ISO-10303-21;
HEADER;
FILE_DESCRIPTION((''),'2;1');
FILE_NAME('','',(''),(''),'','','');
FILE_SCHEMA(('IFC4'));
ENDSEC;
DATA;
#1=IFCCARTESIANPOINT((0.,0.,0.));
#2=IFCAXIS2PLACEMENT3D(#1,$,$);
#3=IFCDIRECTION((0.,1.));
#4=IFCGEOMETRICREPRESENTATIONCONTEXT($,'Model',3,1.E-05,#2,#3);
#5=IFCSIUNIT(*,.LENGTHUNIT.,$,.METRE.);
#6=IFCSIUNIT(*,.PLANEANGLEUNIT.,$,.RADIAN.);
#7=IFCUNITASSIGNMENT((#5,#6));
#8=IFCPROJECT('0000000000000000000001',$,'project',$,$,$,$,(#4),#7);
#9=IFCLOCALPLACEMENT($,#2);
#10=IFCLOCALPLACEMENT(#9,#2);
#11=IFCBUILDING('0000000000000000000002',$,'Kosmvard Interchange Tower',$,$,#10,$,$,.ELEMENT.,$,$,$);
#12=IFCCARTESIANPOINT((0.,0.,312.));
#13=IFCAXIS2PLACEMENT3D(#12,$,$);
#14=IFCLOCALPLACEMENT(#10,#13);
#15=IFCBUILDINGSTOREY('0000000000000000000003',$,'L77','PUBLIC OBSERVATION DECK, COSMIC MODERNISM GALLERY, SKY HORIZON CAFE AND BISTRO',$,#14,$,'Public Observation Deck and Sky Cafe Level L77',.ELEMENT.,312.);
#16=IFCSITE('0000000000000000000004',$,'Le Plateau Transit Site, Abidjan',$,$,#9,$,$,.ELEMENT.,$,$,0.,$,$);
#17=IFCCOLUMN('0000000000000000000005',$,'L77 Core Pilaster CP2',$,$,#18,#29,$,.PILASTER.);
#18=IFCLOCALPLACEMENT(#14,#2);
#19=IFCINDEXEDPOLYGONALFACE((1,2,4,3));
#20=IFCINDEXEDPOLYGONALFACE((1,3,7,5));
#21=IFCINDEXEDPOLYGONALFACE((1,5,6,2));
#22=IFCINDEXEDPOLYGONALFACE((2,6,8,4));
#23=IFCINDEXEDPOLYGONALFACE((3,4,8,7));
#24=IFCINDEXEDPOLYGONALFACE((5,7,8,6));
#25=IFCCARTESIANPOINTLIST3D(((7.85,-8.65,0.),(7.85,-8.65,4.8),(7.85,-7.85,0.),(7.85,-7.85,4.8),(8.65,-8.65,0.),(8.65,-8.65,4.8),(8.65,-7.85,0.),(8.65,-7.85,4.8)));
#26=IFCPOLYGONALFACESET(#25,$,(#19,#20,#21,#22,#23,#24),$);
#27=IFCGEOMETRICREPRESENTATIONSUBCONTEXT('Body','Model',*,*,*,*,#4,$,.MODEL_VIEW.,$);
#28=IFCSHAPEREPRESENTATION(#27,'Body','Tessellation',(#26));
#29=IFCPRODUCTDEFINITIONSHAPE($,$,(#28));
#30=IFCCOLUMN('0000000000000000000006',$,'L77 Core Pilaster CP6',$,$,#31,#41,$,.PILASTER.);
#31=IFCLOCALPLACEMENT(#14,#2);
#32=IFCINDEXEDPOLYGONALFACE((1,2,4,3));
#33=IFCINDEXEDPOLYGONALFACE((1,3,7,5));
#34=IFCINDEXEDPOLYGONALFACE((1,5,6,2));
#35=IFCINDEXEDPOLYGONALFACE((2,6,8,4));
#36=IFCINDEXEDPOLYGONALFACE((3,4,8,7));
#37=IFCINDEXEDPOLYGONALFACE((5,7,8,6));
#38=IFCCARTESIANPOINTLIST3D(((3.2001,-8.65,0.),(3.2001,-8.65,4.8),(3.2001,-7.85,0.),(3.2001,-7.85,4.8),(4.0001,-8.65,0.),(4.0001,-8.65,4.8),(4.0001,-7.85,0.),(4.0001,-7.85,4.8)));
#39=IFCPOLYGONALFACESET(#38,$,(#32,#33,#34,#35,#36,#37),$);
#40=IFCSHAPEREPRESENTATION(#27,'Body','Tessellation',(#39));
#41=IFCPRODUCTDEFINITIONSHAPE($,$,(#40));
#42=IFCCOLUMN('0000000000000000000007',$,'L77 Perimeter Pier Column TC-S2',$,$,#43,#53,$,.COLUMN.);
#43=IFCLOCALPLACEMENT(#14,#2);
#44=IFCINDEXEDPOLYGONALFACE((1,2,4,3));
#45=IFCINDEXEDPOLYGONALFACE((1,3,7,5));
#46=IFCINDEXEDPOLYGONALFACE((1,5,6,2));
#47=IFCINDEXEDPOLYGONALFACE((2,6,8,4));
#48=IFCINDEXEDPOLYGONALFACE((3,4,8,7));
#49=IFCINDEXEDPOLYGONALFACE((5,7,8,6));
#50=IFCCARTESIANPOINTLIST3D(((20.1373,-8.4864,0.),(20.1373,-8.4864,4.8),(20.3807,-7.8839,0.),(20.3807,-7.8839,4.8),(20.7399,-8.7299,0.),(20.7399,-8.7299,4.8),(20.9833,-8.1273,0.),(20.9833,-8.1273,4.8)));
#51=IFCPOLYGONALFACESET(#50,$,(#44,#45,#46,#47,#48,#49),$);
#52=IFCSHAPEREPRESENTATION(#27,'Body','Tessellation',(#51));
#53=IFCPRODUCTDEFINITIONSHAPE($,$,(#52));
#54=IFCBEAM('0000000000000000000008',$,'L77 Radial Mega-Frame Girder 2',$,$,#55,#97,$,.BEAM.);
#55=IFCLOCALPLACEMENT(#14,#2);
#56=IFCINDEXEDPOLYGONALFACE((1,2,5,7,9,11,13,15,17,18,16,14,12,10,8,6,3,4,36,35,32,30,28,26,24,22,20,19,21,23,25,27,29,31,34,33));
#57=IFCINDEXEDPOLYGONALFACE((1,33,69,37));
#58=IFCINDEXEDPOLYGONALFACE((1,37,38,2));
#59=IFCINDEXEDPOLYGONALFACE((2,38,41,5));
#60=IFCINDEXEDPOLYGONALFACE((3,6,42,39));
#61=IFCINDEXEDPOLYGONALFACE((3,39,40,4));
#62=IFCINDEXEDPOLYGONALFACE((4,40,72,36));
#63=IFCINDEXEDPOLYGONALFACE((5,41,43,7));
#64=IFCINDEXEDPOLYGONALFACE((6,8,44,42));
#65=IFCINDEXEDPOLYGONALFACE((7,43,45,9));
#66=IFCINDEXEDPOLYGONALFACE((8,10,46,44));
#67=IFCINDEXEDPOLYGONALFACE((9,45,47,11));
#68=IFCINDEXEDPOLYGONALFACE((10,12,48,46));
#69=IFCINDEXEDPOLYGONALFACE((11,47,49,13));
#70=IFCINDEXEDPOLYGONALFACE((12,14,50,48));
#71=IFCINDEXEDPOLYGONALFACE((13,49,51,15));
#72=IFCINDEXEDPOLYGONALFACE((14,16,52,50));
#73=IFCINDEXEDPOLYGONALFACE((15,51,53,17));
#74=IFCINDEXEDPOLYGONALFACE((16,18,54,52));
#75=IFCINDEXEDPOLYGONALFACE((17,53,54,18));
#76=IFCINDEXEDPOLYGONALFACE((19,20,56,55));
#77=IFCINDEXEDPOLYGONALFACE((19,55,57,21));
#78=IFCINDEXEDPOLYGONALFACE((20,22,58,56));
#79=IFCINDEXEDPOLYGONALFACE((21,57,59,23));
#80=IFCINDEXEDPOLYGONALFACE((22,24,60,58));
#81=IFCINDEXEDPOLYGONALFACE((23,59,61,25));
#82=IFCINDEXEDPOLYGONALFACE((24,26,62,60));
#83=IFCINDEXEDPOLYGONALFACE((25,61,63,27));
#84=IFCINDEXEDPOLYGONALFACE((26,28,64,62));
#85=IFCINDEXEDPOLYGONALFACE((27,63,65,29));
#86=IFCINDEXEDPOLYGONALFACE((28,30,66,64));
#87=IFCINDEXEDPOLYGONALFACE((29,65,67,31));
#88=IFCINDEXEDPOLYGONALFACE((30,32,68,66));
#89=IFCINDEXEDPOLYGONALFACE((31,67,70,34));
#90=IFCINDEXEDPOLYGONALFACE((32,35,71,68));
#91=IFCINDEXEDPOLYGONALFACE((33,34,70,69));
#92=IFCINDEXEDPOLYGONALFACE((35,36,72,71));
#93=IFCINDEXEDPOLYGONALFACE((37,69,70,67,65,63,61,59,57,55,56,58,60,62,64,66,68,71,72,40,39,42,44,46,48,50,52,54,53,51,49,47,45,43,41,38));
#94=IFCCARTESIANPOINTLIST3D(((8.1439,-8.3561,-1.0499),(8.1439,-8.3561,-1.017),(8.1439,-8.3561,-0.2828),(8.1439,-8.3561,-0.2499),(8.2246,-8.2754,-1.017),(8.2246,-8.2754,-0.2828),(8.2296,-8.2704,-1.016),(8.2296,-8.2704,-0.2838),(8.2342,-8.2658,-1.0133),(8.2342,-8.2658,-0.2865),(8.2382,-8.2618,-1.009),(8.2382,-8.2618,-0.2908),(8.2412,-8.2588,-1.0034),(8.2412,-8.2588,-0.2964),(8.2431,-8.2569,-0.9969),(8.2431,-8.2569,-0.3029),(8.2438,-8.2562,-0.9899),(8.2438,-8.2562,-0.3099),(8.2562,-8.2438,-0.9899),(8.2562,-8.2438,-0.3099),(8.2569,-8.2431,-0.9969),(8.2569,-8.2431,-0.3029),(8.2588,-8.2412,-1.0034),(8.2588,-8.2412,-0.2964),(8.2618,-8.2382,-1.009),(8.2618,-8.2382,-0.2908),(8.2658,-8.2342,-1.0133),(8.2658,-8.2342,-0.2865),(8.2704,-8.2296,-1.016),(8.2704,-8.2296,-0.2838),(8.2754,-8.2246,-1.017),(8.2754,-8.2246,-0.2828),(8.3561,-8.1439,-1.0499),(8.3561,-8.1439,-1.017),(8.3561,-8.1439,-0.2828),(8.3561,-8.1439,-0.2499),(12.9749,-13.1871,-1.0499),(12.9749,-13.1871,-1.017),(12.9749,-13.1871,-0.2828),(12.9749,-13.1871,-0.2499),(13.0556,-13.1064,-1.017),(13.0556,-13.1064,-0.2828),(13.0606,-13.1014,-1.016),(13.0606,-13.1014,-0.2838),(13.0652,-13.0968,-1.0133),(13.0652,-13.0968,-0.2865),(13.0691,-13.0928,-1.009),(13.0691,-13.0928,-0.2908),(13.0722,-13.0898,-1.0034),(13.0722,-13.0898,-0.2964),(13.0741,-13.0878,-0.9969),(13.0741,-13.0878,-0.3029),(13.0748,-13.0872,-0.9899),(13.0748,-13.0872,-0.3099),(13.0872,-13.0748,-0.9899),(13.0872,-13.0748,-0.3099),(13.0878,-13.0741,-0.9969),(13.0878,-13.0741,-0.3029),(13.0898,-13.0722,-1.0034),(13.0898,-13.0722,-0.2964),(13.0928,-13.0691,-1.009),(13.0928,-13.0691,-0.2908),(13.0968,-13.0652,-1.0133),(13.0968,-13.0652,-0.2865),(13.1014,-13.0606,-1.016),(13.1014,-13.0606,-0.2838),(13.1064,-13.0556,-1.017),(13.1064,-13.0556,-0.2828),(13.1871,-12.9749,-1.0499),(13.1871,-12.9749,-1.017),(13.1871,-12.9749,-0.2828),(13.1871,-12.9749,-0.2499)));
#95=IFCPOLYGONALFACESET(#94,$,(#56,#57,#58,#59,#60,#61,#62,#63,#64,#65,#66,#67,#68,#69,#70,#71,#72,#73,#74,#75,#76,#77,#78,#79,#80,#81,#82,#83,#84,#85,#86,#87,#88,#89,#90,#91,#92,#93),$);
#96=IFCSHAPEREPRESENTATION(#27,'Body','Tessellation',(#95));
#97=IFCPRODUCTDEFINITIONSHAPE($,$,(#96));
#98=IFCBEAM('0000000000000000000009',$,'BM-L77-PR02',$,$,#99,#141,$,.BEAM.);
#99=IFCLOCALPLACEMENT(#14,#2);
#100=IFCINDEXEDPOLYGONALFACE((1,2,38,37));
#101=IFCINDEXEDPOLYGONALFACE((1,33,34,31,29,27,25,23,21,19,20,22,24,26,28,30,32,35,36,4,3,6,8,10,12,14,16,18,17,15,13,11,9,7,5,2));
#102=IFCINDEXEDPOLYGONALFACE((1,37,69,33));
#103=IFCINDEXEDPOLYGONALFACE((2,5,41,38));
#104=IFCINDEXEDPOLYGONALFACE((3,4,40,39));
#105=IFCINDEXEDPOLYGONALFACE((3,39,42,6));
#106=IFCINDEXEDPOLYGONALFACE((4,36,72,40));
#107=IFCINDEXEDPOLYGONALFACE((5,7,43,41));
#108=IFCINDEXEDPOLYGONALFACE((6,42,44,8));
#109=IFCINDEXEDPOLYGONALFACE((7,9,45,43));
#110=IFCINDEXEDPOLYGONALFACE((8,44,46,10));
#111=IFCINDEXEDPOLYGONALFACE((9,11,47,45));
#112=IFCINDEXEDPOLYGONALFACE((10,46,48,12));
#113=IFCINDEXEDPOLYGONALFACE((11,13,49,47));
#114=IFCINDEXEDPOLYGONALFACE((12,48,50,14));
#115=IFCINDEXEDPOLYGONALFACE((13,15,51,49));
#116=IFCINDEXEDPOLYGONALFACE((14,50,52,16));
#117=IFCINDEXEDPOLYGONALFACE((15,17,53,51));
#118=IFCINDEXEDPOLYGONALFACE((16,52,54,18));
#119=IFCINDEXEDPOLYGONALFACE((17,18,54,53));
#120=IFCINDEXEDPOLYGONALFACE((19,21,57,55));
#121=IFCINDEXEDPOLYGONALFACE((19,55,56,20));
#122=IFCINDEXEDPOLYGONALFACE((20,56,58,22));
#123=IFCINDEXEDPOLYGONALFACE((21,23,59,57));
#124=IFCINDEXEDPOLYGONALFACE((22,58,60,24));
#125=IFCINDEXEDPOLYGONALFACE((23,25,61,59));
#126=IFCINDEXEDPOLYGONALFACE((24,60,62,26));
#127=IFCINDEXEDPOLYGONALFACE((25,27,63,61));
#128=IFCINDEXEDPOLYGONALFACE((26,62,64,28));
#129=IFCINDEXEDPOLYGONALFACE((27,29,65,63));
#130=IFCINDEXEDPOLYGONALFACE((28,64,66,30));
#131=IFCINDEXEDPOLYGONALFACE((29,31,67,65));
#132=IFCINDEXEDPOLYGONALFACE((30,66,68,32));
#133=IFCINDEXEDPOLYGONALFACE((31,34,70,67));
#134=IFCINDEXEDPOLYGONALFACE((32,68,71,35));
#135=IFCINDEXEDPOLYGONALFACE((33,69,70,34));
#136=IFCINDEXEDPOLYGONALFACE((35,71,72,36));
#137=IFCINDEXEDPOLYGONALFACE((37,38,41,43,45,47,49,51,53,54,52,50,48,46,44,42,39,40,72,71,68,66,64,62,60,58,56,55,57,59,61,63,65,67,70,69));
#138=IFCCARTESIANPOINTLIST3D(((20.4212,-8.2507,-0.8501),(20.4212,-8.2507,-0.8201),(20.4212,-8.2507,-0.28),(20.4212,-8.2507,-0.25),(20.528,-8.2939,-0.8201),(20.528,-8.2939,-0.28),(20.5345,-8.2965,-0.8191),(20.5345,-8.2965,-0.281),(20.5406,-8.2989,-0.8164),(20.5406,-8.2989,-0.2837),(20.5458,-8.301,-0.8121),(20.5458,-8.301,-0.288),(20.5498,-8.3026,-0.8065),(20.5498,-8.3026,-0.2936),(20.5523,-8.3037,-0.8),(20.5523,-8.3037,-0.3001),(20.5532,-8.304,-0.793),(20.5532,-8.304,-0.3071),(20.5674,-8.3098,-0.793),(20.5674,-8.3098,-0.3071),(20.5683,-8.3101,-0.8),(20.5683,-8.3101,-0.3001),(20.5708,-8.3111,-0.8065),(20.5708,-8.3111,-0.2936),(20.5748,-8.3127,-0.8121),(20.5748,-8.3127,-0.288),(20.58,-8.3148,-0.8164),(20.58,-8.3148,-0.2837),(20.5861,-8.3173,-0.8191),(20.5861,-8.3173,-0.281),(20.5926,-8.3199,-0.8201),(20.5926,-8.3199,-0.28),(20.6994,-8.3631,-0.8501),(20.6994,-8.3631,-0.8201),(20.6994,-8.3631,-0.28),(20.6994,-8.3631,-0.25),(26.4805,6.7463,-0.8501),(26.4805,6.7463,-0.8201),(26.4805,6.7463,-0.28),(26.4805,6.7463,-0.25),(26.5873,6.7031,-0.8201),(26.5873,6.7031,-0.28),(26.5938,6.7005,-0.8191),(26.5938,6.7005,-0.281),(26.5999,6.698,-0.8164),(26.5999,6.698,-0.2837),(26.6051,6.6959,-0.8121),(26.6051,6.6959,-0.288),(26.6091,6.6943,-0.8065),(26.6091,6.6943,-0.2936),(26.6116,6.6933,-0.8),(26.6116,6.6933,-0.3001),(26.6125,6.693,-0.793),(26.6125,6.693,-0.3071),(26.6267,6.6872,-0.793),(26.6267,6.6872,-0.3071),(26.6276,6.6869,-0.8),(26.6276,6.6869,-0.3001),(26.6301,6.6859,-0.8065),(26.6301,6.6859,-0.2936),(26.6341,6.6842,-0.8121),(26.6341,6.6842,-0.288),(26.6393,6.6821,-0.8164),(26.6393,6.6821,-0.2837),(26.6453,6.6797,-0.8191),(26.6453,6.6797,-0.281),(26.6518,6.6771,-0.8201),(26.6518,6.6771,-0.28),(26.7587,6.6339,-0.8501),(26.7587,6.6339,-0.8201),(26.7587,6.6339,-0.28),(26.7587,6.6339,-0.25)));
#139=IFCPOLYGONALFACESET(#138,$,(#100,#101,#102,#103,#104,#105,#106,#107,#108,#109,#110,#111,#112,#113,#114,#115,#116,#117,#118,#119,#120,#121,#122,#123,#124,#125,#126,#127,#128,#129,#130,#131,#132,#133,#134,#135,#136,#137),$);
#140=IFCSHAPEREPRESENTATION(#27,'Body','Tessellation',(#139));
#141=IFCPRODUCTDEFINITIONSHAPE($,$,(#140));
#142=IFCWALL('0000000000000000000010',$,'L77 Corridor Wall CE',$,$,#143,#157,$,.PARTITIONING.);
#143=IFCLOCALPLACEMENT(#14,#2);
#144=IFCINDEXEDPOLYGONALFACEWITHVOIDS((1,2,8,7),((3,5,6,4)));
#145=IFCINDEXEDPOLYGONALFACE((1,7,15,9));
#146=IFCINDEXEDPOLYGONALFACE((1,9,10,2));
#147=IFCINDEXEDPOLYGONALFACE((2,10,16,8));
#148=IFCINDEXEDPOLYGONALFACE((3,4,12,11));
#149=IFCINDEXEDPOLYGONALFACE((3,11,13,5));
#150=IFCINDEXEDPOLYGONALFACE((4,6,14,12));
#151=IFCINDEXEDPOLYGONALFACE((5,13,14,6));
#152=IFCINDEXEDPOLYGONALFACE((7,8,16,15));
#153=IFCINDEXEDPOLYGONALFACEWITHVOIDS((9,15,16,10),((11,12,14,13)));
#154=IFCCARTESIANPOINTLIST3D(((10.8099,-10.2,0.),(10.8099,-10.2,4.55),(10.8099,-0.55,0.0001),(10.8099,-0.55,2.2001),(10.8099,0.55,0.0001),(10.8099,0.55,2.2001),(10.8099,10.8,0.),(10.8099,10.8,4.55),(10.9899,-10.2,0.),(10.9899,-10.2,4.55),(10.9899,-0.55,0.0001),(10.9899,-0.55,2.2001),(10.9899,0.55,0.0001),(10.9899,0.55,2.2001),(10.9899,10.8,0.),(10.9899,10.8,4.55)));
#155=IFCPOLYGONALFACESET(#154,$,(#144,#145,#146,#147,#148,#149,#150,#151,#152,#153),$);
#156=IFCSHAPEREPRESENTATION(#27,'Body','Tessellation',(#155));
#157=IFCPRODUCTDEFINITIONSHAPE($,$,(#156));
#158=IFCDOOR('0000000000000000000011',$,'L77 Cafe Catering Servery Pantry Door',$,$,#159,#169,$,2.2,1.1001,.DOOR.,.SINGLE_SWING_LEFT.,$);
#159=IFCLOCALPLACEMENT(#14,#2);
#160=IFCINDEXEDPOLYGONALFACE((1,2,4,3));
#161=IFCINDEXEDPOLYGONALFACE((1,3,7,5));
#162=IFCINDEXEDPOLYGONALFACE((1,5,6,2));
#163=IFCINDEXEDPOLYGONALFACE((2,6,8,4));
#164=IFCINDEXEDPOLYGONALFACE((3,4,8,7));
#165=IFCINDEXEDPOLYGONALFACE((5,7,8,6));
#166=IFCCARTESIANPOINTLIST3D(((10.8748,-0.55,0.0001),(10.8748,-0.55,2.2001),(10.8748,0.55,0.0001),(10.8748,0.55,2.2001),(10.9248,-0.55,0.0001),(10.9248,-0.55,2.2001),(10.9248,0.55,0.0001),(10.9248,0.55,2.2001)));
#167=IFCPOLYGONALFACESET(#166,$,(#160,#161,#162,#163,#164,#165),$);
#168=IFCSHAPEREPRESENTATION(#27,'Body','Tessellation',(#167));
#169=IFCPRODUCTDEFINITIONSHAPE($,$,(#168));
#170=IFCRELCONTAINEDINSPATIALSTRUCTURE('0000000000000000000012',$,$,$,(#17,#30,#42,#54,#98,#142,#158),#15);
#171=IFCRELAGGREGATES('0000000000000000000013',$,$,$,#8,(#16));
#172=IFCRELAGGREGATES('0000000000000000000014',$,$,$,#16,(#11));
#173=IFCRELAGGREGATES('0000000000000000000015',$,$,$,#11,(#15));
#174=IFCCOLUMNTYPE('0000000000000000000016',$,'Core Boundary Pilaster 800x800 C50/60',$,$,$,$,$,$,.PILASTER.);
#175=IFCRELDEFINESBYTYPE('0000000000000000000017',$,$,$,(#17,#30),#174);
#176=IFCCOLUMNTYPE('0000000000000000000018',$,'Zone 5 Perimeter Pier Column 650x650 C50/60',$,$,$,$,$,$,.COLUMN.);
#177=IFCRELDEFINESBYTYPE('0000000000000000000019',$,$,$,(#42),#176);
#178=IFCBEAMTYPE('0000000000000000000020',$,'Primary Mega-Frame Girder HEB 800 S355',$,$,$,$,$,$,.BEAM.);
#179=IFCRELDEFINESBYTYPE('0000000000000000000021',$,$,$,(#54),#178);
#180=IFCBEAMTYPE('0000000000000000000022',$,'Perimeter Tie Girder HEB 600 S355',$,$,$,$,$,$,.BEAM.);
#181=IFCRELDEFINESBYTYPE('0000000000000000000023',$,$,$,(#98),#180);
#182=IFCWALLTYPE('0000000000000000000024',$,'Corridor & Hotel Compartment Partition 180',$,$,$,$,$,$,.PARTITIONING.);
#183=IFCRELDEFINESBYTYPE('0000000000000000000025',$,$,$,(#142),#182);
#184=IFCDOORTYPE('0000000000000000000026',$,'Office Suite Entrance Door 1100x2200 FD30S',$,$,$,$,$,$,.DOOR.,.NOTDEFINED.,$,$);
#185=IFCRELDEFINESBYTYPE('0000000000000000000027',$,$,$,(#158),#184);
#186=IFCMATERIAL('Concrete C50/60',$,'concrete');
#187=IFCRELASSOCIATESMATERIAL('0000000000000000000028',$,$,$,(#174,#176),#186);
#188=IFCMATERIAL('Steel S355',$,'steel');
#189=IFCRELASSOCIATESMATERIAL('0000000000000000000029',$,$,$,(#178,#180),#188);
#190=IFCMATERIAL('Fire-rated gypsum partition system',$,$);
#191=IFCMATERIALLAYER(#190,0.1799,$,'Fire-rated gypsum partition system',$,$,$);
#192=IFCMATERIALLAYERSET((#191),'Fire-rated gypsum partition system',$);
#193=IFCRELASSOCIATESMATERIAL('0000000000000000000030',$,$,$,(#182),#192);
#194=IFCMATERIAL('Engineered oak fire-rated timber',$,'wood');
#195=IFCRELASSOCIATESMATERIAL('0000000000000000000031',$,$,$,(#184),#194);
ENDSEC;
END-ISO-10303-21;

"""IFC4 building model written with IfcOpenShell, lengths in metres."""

from ifc_helpers import new_model, si_unit, direction, frame, frame_2d, origin, origin_2d, place, context, subcontext, project, spatial, rectangle, i_section, extrude, source, transform, mapped, material, layer, layer_set, material_profile, profile_set, type_object, element, fill, save


model = new_model("IFC4")

# Units and contexts
model_context = context("Model", 3, precision=1e-05, world=origin(), true_north=direction((0.0, 1.0)))
body_context = subcontext(model_context, "Body", "Model", "MODEL_VIEW")
ifc_project = project(units=[si_unit("LENGTHUNIT", "METRE"), si_unit("PLANEANGLEUNIT", "RADIAN")], contexts=[model_context])

# Site, building, storey
site_placement = place(None, origin())
site = spatial("IfcSite", under=ifc_project, at=site_placement, Name="Le Plateau Transit Site, Abidjan", CompositionType="ELEMENT", RefElevation=0.0)
building_placement = place(site_placement, origin())
building = spatial("IfcBuilding", under=site, at=building_placement, Name="Kosmvard Interchange Tower", CompositionType="ELEMENT")
storey_placement = place(building_placement, frame((0.0, 0.0, 312.0)))
storey = spatial("IfcBuildingStorey", under=building, at=storey_placement, Name="L77", Description="PUBLIC OBSERVATION DECK, COSMIC MODERNISM GALLERY, SKY HORIZON CAFE AND BISTRO", LongName="Public Observation Deck and Sky Cafe Level L77", CompositionType="ELEMENT", Elevation=312.0)

# Columns
ifc_material_1 = material(Name="Concrete C50/60", Category="concrete")
ifc_material_profile_1 = material_profile(ifc_material_1, rectangle(XDim=0.8, YDim=0.8, at=origin_2d()), Name="CP 800x800")
ifc_profile_set_1 = profile_set([ifc_material_profile_1], Name="Concrete C50/60")
column_type_1 = type_object("IfcColumnType", Name="Core Boundary Pilaster 800x800 C50/60", PredefinedType="PILASTER", material=ifc_profile_set_1)
shared_shape_1 = source(origin(), body_context, "Body", "SweptSolid", [
    extrude(rectangle(XDim=0.8, YDim=0.8, at=origin_2d()), origin(), (0.0, 0.0, 1.0), 4.8),
])
for number, where, z_axis, x_axis, name in (
    (1, (8.25, -8.25, 0.0), (0.0, 0.0, 1.0), (1.0, 0.0, 0.0), "L77 Core Pilaster CP2"),
    (2, (3.6001, -8.25, 0.0), (0.0, 0.0, 1.0), (1.0, 0.0, 0.0), "L77 Core Pilaster CP6"),
):
    element("IfcColumn", number, at=place(storey_placement, frame(where, z_axis=z_axis, x_axis=x_axis)), inside=storey, type_object=column_type_1, Name=name, PredefinedType="PILASTER", context=body_context, shape_type="MappedRepresentation", body=[
        mapped(shared_shape_1, transform((0.0, 0.0, 0.0), scale=1.0)),
    ])
ifc_material_profile_2 = material_profile(ifc_material_1, rectangle(XDim=0.6499, YDim=0.6499, at=origin_2d()), Name="TC 650x650")
ifc_profile_set_2 = profile_set([ifc_material_profile_2], Name="Concrete C50/60")
column_type_2 = type_object("IfcColumnType", Name="Zone 5 Perimeter Pier Column 650x650 C50/60", PredefinedType="COLUMN", material=ifc_profile_set_2)
shared_shape_2 = source(origin(), body_context, "Body", "SweptSolid", [
    extrude(rectangle(XDim=0.6499, YDim=0.6499, at=origin_2d()), origin(), (0.0, 0.0, 1.0), 4.8),
])
column_placement = place(storey_placement, frame((20.5603, -8.3069, 0.0), z_axis=(0.0, 0.0, 1.0), x_axis=(0.374607, 0.927184, 0.0)))
element("IfcColumn", 3, at=column_placement, inside=storey, type_object=column_type_2, Name="L77 Perimeter Pier Column TC-S2", PredefinedType="COLUMN", context=body_context, shape_type="MappedRepresentation", body=[
    mapped(shared_shape_2, transform((0.0, 0.0, 0.0), scale=1.0)),
])

# Beams
ifc_material_2 = material(Name="Steel S355", Category="steel")
ifc_material_profile_3 = material_profile(ifc_material_2, i_section(OverallWidth=0.3, OverallDepth=0.8, WebThickness=0.0176, FlangeThickness=0.033, FilletRadius=0.0271, at=origin_2d()), Name="HEB 800")
ifc_profile_set_3 = profile_set([ifc_material_profile_3], Name="Steel S355")
beam_type_1 = type_object("IfcBeamType", Name="Primary Mega-Frame Girder HEB 800 S355", PredefinedType="BEAM", material=ifc_profile_set_3)
shared_shape_3 = source(origin(), body_context, "Body", "SweptSolid", [
    extrude(i_section(OverallWidth=0.3, OverallDepth=0.8, WebThickness=0.0176, FlangeThickness=0.033, FilletRadius=0.0271, at=origin_2d()), origin(), (0.0, 0.0, 1.0), 6.832),
])
beam_1_placement = place(storey_placement, frame((8.25, -8.25, -0.6499), z_axis=(0.707107, -0.707107, 0.0), x_axis=(0.707107, 0.707107, 0.0)))
element("IfcBeam", 4, at=beam_1_placement, inside=storey, type_object=beam_type_1, Name="L77 Radial Mega-Frame Girder 2", PredefinedType="BEAM", context=body_context, shape_type="MappedRepresentation", body=[
    mapped(shared_shape_3, transform((0.0, 0.0, 0.0), scale=1.0)),
])
ifc_material_profile_4 = material_profile(ifc_material_2, i_section(OverallWidth=0.3, OverallDepth=0.6001, WebThickness=0.0154, FlangeThickness=0.03, FilletRadius=0.0271, at=origin_2d()), Name="HEB 600")
ifc_profile_set_4 = profile_set([ifc_material_profile_4], Name="Steel S355")
beam_type_2 = type_object("IfcBeamType", Name="Perimeter Tie Girder HEB 600 S355", PredefinedType="BEAM", material=ifc_profile_set_4)
shared_shape_4 = source(origin(), body_context, "Body", "SweptSolid", [
    extrude(i_section(OverallWidth=0.3, OverallDepth=0.6001, WebThickness=0.0154, FlangeThickness=0.03, FilletRadius=0.0271, at=origin_2d()), origin(), (0.0, 0.0, 1.0), 16.1748),
])
beam_2_placement = place(storey_placement, frame((20.5603, -8.3069, -0.55), z_axis=(0.374613, 0.927181, 0.0), x_axis=(-0.927181, 0.374613, 0.0)))
element("IfcBeam", 5, at=beam_2_placement, inside=storey, type_object=beam_type_2, Name="BM-L77-PR02", PredefinedType="BEAM", context=body_context, shape_type="MappedRepresentation", body=[
    mapped(shared_shape_4, transform((0.0, 0.0, 0.0), scale=1.0)),
])

# Wall, opening, door
ifc_material_3 = material(Name="Fire-rated gypsum partition system")
ifc_layer_1 = layer(ifc_material_3, 0.1799, Name="Fire-rated gypsum partition system")
ifc_layer_set_1 = layer_set([ifc_layer_1], Name="Fire-rated gypsum partition system")
wall_type_1 = type_object("IfcWallType", Name="Corridor & Hotel Compartment Partition 180", PredefinedType="PARTITIONING", material=ifc_layer_set_1)
wall_1_placement = place(storey_placement, frame((10.8999, -10.2, 0.0), z_axis=(0.0, 0.0, 1.0), x_axis=(0.0, 1.0, 0.0)))
wall_1 = element("IfcWall", 6, at=wall_1_placement, inside=storey, type_object=wall_type_1, Name="L77 Corridor Wall CE", PredefinedType="PARTITIONING", context=body_context, shape_type="SweptSolid", body=[
    extrude(rectangle(XDim=21.0, YDim=0.1799, at=frame_2d((10.5, 0.0))), origin(), (0.0, 0.0, 1.0), 4.55),
])
opening_1_placement = place(wall_1_placement, frame((9.6499, 0.0, 0.0)))
opening_1 = element("IfcOpeningElement", 7, at=opening_1_placement, cuts=wall_1, PredefinedType="OPENING", context=body_context, shape_type="SweptSolid", body=[
    extrude(rectangle(XDim=1.1001, YDim=2.2, at=frame_2d((0.55, 1.1001))), frame((0.0, 0.1001, 0.0), z_axis=(0.0, -1.0, 0.0), x_axis=(1.0, 0.0, 0.0)), (0.0, 0.0, 1.0), 0.2),
])
ifc_material_4 = material(Name="Engineered oak fire-rated timber", Category="wood")
door_type_1 = type_object("IfcDoorType", Name="Office Suite Entrance Door 1100x2200 FD30S", OperationType="NOTDEFINED", PredefinedType="DOOR", material=ifc_material_4)
shared_shape_5 = source(origin(), body_context, "Body", "SweptSolid", [
    extrude(rectangle(XDim=1.1001, YDim=2.2, at=frame_2d((0.55, 1.1001))), frame((0.0, 0.0249, 0.0), z_axis=(0.0, -1.0, 0.0), x_axis=(1.0, 0.0, 0.0)), (0.0, 0.0, 1.0), 0.05),
])
door_1_placement = place(opening_1_placement, frame((1.1001, 0.0, 0.0), z_axis=(0.0, 0.0, 1.0), x_axis=(-1.0, 0.0, 0.0)))
door_1 = element("IfcDoor", 8, at=door_1_placement, inside=storey, type_object=door_type_1, Name="L77 Cafe Catering Servery Pantry Door", OperationType="SINGLE_SWING_LEFT", OverallHeight=2.2, OverallWidth=1.1001, PredefinedType="DOOR", context=body_context, shape_type="MappedRepresentation", body=[
    mapped(shared_shape_5, transform((0.0, 0.0, 0.0), scale=1.0)),
])
fill(opening_1, door_1)

save(model, "model.ifc")
